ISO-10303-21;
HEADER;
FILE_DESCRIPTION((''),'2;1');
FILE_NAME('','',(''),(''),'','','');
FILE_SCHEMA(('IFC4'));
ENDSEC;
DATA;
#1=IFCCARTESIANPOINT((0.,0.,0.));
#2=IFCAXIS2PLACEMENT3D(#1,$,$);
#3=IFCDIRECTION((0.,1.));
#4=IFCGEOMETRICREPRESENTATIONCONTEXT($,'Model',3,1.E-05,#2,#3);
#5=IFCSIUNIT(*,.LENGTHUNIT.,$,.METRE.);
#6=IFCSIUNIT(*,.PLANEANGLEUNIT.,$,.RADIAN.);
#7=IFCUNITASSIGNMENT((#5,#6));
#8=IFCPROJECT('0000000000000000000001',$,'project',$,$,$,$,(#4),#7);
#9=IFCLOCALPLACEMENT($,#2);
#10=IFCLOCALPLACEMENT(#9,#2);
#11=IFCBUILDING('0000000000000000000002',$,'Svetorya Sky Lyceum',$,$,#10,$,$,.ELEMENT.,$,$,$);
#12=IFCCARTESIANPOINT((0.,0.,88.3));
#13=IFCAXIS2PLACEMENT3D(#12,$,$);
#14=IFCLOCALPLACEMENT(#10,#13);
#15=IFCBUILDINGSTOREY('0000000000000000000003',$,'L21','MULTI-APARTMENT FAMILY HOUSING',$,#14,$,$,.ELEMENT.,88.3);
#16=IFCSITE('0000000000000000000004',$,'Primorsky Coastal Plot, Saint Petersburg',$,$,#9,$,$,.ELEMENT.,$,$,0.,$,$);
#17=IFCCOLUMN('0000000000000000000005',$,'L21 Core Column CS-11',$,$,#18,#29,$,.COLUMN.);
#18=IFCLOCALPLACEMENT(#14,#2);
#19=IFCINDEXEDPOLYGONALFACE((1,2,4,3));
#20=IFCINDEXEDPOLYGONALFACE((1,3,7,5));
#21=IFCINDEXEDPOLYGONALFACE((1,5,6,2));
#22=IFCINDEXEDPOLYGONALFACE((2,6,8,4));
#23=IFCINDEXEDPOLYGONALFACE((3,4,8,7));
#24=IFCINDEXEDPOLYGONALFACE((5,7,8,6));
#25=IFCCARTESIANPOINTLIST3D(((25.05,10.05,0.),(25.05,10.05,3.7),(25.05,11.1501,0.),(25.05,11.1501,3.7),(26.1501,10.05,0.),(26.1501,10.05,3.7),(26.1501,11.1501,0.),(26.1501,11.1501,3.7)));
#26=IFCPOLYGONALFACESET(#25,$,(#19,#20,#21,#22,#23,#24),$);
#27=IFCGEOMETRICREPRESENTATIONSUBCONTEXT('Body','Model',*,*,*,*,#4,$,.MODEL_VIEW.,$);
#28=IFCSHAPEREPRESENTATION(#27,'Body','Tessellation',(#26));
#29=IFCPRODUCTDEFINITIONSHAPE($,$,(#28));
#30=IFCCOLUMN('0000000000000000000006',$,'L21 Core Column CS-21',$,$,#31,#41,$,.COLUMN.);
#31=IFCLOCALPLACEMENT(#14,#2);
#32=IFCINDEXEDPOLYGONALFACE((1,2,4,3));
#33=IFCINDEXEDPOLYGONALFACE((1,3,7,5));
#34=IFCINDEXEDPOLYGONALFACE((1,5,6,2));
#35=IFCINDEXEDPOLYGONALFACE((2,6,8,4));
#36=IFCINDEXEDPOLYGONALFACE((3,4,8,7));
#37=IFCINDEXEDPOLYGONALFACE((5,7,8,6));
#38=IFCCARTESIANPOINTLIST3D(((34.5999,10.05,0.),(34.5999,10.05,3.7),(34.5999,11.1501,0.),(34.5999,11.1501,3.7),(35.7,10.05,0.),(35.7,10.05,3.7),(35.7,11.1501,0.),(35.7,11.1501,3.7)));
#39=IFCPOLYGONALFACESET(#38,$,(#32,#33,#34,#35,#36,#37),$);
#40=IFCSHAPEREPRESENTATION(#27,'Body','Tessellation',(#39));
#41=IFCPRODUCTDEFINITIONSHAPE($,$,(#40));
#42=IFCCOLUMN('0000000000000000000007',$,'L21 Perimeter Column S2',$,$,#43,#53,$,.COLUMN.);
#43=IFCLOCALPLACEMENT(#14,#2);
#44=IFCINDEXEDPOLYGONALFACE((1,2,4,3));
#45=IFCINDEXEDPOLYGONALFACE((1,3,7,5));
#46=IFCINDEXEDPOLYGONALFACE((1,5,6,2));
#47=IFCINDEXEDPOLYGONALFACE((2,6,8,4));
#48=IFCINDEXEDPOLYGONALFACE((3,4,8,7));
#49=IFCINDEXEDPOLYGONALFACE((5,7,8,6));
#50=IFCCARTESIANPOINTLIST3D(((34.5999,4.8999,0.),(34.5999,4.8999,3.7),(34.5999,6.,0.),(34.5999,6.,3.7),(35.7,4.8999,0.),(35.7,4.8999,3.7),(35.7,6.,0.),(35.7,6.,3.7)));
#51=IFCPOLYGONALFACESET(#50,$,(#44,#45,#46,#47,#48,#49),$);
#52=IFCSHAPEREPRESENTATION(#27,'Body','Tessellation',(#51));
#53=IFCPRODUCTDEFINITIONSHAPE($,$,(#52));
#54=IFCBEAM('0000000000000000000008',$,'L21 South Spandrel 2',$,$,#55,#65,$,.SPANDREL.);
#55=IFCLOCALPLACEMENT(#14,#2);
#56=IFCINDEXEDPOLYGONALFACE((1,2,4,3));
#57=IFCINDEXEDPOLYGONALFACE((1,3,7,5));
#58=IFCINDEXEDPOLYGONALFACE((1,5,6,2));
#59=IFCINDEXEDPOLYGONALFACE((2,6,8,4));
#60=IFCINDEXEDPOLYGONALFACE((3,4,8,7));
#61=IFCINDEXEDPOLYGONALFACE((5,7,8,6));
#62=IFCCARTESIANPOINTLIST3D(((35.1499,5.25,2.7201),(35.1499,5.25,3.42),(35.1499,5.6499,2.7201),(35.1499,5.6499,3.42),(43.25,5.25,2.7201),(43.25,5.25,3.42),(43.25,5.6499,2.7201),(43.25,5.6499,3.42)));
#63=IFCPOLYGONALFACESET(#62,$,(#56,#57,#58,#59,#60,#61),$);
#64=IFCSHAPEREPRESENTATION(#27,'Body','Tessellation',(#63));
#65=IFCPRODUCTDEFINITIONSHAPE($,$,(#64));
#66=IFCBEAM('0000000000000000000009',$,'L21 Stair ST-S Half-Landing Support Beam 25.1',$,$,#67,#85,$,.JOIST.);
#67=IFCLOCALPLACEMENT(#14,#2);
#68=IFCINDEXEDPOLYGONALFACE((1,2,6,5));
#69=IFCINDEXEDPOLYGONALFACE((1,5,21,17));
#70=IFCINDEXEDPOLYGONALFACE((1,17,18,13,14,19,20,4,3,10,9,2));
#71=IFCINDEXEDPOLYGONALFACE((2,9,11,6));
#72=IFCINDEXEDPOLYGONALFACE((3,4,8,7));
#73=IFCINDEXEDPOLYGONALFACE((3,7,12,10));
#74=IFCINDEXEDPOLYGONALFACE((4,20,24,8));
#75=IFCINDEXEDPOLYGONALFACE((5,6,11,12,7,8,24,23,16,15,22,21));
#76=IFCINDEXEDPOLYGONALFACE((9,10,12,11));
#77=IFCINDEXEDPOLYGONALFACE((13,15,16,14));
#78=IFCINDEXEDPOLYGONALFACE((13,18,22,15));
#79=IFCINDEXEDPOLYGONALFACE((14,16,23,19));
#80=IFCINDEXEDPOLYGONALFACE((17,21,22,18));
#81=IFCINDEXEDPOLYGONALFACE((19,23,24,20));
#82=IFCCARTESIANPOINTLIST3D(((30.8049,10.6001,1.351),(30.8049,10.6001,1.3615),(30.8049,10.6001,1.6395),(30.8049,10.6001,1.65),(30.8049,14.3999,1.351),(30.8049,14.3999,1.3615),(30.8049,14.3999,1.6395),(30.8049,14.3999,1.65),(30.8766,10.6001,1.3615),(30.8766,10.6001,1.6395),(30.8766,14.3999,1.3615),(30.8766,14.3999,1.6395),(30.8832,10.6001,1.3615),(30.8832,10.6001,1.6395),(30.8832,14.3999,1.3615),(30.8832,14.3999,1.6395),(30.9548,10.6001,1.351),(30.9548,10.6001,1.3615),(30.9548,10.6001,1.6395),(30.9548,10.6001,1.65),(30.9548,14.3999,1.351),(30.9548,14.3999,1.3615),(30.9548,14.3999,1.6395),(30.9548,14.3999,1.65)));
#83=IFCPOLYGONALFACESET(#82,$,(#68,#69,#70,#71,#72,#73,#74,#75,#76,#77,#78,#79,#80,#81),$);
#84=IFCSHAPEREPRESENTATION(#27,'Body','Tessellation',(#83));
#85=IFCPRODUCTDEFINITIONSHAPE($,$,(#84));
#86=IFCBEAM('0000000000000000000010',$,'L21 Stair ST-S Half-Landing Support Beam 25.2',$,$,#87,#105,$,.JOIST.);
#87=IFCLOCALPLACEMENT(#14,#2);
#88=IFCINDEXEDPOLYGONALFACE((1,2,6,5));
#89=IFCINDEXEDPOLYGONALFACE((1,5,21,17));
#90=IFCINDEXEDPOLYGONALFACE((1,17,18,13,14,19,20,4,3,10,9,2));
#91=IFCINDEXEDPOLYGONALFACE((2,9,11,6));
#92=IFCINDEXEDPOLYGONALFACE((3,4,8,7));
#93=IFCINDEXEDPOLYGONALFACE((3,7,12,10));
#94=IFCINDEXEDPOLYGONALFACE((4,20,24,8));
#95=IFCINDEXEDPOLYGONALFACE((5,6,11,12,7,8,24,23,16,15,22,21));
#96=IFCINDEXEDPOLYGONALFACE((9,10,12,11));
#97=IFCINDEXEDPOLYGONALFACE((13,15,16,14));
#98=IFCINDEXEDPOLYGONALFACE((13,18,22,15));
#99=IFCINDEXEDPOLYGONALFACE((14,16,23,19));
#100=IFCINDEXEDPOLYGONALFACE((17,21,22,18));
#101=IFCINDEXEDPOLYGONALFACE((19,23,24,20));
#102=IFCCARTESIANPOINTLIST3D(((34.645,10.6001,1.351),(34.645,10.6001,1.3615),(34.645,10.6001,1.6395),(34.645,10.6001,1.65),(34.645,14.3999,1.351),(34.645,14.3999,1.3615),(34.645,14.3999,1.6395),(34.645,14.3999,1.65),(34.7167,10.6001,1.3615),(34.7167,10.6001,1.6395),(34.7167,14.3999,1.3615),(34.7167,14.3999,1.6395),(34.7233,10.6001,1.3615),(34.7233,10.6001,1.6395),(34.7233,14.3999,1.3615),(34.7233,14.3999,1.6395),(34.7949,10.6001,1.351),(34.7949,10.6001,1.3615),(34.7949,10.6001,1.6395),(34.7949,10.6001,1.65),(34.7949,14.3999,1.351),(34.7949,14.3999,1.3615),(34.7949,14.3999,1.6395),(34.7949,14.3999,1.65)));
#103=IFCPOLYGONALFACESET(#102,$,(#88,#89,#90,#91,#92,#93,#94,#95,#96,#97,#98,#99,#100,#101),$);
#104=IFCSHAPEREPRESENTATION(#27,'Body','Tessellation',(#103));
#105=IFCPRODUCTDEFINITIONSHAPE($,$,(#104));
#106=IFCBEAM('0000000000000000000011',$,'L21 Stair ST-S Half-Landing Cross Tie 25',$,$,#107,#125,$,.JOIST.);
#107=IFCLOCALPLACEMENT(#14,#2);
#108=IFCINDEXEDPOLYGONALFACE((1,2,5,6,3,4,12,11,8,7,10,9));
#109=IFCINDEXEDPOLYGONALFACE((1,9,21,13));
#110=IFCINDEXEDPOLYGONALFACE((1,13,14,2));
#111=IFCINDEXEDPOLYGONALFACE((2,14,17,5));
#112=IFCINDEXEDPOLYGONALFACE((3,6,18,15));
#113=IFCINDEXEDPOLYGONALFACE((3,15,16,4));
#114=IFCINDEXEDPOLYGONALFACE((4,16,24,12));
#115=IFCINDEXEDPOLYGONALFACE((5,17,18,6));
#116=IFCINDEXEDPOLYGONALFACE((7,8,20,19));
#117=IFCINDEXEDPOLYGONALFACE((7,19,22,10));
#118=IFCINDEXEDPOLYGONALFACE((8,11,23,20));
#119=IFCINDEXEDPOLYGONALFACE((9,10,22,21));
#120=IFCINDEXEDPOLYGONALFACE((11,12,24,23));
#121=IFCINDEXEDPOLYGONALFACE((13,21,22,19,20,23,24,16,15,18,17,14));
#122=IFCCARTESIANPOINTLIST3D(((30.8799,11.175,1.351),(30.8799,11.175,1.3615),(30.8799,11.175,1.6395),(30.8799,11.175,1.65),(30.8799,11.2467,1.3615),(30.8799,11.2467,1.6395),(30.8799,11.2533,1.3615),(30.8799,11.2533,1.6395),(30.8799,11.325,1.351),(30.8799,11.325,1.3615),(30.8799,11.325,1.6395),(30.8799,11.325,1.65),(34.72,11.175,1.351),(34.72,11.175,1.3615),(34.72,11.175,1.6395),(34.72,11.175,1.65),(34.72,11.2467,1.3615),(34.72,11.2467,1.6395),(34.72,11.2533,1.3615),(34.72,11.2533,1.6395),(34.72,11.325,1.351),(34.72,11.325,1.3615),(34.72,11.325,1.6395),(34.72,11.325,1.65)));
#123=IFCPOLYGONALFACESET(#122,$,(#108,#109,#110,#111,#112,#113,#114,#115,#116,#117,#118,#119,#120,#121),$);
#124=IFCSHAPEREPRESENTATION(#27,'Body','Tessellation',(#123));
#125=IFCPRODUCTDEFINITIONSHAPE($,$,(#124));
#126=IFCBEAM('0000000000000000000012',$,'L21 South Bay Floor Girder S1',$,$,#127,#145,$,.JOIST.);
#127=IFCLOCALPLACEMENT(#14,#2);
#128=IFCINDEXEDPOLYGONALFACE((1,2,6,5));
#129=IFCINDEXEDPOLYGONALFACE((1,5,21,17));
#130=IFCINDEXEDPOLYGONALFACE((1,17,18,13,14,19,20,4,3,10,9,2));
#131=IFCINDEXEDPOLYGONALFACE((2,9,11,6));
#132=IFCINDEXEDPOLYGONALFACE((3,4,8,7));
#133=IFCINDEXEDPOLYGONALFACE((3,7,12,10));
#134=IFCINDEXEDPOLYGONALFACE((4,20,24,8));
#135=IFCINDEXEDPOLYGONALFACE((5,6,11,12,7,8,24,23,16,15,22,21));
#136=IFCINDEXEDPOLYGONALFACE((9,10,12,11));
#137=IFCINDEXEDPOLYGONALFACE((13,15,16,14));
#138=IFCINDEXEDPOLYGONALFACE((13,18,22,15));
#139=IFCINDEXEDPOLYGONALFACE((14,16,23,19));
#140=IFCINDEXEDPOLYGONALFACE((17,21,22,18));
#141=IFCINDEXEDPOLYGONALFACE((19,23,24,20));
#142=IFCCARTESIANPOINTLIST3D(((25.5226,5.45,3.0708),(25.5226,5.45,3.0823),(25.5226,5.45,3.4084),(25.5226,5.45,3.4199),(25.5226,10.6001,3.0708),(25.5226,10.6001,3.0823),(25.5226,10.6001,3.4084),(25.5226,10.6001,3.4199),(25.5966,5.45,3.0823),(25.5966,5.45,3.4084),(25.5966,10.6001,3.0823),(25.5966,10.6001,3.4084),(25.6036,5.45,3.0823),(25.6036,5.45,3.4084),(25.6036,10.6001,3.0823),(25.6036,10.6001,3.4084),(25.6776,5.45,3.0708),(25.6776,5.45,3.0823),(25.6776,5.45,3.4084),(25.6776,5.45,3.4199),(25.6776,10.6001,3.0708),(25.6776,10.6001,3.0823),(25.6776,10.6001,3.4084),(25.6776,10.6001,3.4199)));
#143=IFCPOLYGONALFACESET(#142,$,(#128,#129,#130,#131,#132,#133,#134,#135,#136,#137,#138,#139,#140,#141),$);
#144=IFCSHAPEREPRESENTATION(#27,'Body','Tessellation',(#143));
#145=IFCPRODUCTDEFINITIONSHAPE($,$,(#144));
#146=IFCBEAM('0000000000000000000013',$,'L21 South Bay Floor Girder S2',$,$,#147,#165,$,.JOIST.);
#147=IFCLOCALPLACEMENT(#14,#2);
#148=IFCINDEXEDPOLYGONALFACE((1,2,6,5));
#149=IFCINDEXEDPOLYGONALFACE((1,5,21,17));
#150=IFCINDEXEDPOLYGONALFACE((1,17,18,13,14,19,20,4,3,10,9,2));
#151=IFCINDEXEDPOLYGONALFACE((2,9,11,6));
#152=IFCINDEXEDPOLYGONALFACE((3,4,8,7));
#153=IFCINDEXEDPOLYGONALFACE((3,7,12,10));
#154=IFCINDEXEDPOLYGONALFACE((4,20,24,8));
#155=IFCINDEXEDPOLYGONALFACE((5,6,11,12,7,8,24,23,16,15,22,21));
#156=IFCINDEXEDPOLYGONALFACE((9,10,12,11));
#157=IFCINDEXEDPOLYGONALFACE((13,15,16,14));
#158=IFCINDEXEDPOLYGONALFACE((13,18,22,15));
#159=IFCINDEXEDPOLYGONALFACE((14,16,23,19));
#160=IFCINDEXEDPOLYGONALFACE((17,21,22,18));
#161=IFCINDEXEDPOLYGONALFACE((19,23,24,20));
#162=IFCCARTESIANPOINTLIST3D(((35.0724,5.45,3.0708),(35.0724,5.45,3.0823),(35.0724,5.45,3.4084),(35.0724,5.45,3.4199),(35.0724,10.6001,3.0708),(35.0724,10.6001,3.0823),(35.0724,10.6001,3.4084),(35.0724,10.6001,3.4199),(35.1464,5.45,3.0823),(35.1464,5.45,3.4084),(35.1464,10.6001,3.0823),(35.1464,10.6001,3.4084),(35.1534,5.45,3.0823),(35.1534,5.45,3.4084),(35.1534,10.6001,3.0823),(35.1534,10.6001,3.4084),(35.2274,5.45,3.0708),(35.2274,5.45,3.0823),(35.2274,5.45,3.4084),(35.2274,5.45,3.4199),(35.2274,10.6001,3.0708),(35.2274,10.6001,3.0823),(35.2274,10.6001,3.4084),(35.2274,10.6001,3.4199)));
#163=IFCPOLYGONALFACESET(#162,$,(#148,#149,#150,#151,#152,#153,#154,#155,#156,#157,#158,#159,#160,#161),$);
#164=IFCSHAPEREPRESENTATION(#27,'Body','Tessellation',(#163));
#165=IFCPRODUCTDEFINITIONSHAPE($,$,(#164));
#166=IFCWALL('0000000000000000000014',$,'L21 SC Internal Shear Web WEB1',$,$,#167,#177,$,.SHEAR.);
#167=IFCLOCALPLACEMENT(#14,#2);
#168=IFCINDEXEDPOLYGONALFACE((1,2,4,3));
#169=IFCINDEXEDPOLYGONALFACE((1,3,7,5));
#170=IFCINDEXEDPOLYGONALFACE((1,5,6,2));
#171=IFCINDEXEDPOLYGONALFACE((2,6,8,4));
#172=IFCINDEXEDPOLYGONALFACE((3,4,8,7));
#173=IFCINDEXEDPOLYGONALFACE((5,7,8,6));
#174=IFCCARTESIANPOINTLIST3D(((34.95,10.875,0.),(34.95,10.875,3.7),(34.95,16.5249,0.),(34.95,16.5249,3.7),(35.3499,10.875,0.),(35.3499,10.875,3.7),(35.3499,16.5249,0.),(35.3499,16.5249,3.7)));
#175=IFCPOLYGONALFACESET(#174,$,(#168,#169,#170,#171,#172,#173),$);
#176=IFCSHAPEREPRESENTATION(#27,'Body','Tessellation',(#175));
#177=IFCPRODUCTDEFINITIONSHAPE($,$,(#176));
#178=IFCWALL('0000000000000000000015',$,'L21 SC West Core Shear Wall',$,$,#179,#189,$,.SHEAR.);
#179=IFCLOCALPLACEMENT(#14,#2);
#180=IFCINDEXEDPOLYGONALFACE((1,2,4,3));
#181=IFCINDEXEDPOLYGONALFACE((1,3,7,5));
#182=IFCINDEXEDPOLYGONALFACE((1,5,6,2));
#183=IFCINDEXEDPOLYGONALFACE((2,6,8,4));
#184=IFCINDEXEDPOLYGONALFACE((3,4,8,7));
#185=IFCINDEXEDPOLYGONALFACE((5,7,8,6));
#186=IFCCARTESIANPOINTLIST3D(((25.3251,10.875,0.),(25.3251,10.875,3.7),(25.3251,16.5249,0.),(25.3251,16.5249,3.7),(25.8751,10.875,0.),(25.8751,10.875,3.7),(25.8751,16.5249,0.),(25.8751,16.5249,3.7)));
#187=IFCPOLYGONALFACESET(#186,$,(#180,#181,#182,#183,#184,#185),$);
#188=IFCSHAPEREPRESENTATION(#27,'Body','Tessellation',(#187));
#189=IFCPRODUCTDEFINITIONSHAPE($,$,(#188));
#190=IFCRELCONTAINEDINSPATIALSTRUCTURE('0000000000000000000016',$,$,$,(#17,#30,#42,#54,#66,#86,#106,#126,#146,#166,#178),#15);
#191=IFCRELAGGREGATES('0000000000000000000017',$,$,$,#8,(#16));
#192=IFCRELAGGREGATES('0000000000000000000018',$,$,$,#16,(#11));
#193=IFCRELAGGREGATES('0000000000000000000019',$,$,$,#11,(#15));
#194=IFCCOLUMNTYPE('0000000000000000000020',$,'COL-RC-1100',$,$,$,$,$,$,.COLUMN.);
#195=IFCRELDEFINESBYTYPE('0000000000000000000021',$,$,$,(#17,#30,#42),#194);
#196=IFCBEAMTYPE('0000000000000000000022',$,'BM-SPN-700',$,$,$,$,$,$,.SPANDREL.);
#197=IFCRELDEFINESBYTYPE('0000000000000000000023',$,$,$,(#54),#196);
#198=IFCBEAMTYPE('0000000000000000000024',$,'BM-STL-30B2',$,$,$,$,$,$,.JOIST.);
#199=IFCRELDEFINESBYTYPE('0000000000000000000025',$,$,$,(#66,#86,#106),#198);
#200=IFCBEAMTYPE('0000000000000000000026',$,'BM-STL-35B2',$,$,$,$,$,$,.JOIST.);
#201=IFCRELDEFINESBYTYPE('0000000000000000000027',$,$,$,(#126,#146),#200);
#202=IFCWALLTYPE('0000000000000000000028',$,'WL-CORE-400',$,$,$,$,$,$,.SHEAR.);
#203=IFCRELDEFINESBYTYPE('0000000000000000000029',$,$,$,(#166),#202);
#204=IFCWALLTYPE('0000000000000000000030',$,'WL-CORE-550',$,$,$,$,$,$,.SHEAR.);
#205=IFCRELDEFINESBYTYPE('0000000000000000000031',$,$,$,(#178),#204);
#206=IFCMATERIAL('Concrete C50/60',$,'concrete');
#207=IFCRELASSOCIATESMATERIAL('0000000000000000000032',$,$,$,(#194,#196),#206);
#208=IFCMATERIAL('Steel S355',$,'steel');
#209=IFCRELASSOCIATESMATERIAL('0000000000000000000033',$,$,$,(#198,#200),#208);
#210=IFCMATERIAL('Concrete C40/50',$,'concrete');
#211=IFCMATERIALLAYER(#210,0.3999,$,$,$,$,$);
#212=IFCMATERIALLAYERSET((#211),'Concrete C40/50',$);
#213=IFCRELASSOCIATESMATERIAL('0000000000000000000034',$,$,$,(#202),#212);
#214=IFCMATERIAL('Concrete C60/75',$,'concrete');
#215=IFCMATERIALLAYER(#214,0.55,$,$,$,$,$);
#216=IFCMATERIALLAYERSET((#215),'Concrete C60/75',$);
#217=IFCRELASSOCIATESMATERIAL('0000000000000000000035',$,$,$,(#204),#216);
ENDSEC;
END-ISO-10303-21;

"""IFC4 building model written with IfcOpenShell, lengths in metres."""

from ifc_helpers import new_model, si_unit, direction, frame, frame_2d, origin, origin_2d, place, context, subcontext, project, spatial, rectangle, i_section, extrude, material, layer, layer_set, material_profile, profile_set, type_object, element, save


model = new_model("IFC4")

# Units and contexts
model_context = context("Model", 3, precision=1e-05, world=origin(), true_north=direction((0.0, 1.0)))
body_context = subcontext(model_context, "Body", "Model", "MODEL_VIEW")
ifc_project = project(units=[si_unit("LENGTHUNIT", "METRE"), si_unit("PLANEANGLEUNIT", "RADIAN")], contexts=[model_context])

# Site, building, storey
site_placement = place(None, origin())
site = spatial("IfcSite", under=ifc_project, at=site_placement, Name="Primorsky Coastal Plot, Saint Petersburg", CompositionType="ELEMENT", RefElevation=0.0)
building_placement = place(site_placement, origin())
building = spatial("IfcBuilding", under=site, at=building_placement, Name="Svetorya Sky Lyceum", CompositionType="ELEMENT")
storey_placement = place(building_placement, frame((0.0, 0.0, 88.3)))
storey = spatial("IfcBuildingStorey", under=building, at=storey_placement, Name="L21", Description="MULTI-APARTMENT FAMILY HOUSING", CompositionType="ELEMENT", Elevation=88.3)

# Columns
ifc_material_1 = material(Name="Concrete C50/60", Category="concrete")
ifc_material_profile_1 = material_profile(ifc_material_1, rectangle(XDim=1.1001, YDim=1.1001, at=origin_2d()), Name="RC COL 1100x1100")
ifc_profile_set_1 = profile_set([ifc_material_profile_1], Name="Concrete C50/60")
column_type = type_object("IfcColumnType", Name="COL-RC-1100", PredefinedType="COLUMN", material=ifc_profile_set_1)
for number, where, z_axis, x_axis, name in (
    (1, (25.6001, 10.6001, 0.0), (0.0, 0.0, 1.0), (1.0, 0.0, 0.0), "L21 Core Column CS-11"),
    (2, (35.1499, 10.6001, 0.0), (0.0, 0.0, 1.0), (1.0, 0.0, 0.0), "L21 Core Column CS-21"),
    (3, (35.1499, 5.45, 0.0), (0.0, 0.0, 1.0), (1.0, 0.0, 0.0), "L21 Perimeter Column S2"),
):
    element("IfcColumn", number, at=place(storey_placement, frame(where, z_axis=z_axis, x_axis=x_axis)), inside=storey, type_object=column_type, Name=name, PredefinedType="COLUMN", context=body_context, shape_type="SweptSolid", body=[
        extrude(rectangle(XDim=1.1001, YDim=1.1001, at=origin_2d()), origin(), (0.0, 0.0, 1.0), 3.7),
    ])

# Beams
ifc_material_profile_2 = material_profile(ifc_material_1, rectangle(XDim=0.3999, YDim=0.7, at=origin_2d()), Name="RC SPANDREL 400x700")
ifc_profile_set_2 = profile_set([ifc_material_profile_2], Name="Concrete C50/60")
beam_type_1 = type_object("IfcBeamType", Name="BM-SPN-700", PredefinedType="SPANDREL", material=ifc_profile_set_2)
beam_1_placement = place(storey_placement, frame((35.1499, 5.45, 3.0701), z_axis=(1.0, 0.0, 0.0), x_axis=(0.0, 1.0, 0.0)))
element("IfcBeam", 4, at=beam_1_placement, inside=storey, type_object=beam_type_1, Name="L21 South Spandrel 2", PredefinedType="SPANDREL", context=body_context, shape_type="SweptSolid", body=[
    extrude(rectangle(XDim=0.3999, YDim=0.7, at=origin_2d()), origin(), (0.0, 0.0, 1.0), 8.1001),
])
ifc_material_2 = material(Name="Steel S355", Category="steel")
ifc_material_profile_3 = material_profile(ifc_material_2, i_section(OverallWidth=0.1499, OverallDepth=0.2991, WebThickness=0.0066, FlangeThickness=0.0105, at=origin_2d()), Name="GOST 30B2")
ifc_profile_set_3 = profile_set([ifc_material_profile_3], Name="Steel S355")
beam_type_2 = type_object("IfcBeamType", Name="BM-STL-30B2", PredefinedType="JOIST", material=ifc_profile_set_3)
for number, where, z_axis, x_axis, name in (
    (5, (30.8799, 10.6001, 1.5005), (0.0, 1.0, 0.0), (-1.0, 0.0, 0.0), "L21 Stair ST-S Half-Landing Support Beam 25.1"),
    (6, (34.72, 10.6001, 1.5005), (0.0, 1.0, 0.0), (-1.0, 0.0, 0.0), "L21 Stair ST-S Half-Landing Support Beam 25.2"),
):
    element("IfcBeam", number, at=place(storey_placement, frame(where, z_axis=z_axis, x_axis=x_axis)), inside=storey, type_object=beam_type_2, Name=name, PredefinedType="JOIST", context=body_context, shape_type="SweptSolid", body=[
        extrude(i_section(OverallWidth=0.1499, OverallDepth=0.2991, WebThickness=0.0066, FlangeThickness=0.0105, at=origin_2d()), origin(), (0.0, 0.0, 1.0), 3.7998),
    ])
beam_2_placement = place(storey_placement, frame((30.8799, 11.25, 1.5005), z_axis=(1.0, 0.0, 0.0), x_axis=(0.0, 1.0, 0.0)))
element("IfcBeam", 7, at=beam_2_placement, inside=storey, type_object=beam_type_2, Name="L21 Stair ST-S Half-Landing Cross Tie 25", PredefinedType="JOIST", context=body_context, shape_type="SweptSolid", body=[
    extrude(i_section(OverallWidth=0.1499, OverallDepth=0.2991, WebThickness=0.0066, FlangeThickness=0.0105, at=origin_2d()), origin(), (0.0, 0.0, 1.0), 3.8401),
])
ifc_material_profile_4 = material_profile(ifc_material_2, i_section(OverallWidth=0.155, OverallDepth=0.3491, WebThickness=0.0071, FlangeThickness=0.0115, at=origin_2d()), Name="GOST 35B2")
ifc_profile_set_4 = profile_set([ifc_material_profile_4], Name="Steel S355")
beam_type_3 = type_object("IfcBeamType", Name="BM-STL-35B2", PredefinedType="JOIST", material=ifc_profile_set_4)
for number, where, z_axis, x_axis, name in (
    (8, (25.6001, 5.45, 3.2454), (0.0, 1.0, 0.0), (-1.0, 0.0, 0.0), "L21 South Bay Floor Girder S1"),
    (9, (35.1499, 5.45, 3.2454), (0.0, 1.0, 0.0), (-1.0, 0.0, 0.0), "L21 South Bay Floor Girder S2"),
):
    element("IfcBeam", number, at=place(storey_placement, frame(where, z_axis=z_axis, x_axis=x_axis)), inside=storey, type_object=beam_type_3, Name=name, PredefinedType="JOIST", context=body_context, shape_type="SweptSolid", body=[
        extrude(i_section(OverallWidth=0.155, OverallDepth=0.3491, WebThickness=0.0071, FlangeThickness=0.0115, at=origin_2d()), origin(), (0.0, 0.0, 1.0), 5.1501),
    ])

# Walls
ifc_material_3 = material(Name="Concrete C40/50", Category="concrete")
ifc_layer_1 = layer(ifc_material_3, 0.3999)
ifc_layer_set_1 = layer_set([ifc_layer_1], Name="Concrete C40/50")
wall_type_1 = type_object("IfcWallType", Name="WL-CORE-400", PredefinedType="SHEAR", material=ifc_layer_set_1)
wall_1_placement = place(storey_placement, frame((35.1499, 10.875, 0.0), z_axis=(0.0, 0.0, 1.0), x_axis=(0.0, 1.0, 0.0)))
element("IfcWall", 10, at=wall_1_placement, inside=storey, type_object=wall_type_1, Name="L21 SC Internal Shear Web WEB1", PredefinedType="SHEAR", context=body_context, shape_type="SweptSolid", body=[
    extrude(rectangle(XDim=5.6499, YDim=0.3999, at=frame_2d((2.825, 0.0))), origin(), (0.0, 0.0, 1.0), 3.7),
])
ifc_material_4 = material(Name="Concrete C60/75", Category="concrete")
ifc_layer_2 = layer(ifc_material_4, 0.55)
ifc_layer_set_2 = layer_set([ifc_layer_2], Name="Concrete C60/75")
wall_type_2 = type_object("IfcWallType", Name="WL-CORE-550", PredefinedType="SHEAR", material=ifc_layer_set_2)
wall_2_placement = place(storey_placement, frame((25.6001, 10.875, 0.0), z_axis=(0.0, 0.0, 1.0), x_axis=(0.0, 1.0, 0.0)))
element("IfcWall", 11, at=wall_2_placement, inside=storey, type_object=wall_type_2, Name="L21 SC West Core Shear Wall", PredefinedType="SHEAR", context=body_context, shape_type="SweptSolid", body=[
    extrude(rectangle(XDim=5.6499, YDim=0.55, at=frame_2d((2.825, 0.0))), origin(), (0.0, 0.0, 1.0), 3.7),
])

save(model, "model.ifc")
